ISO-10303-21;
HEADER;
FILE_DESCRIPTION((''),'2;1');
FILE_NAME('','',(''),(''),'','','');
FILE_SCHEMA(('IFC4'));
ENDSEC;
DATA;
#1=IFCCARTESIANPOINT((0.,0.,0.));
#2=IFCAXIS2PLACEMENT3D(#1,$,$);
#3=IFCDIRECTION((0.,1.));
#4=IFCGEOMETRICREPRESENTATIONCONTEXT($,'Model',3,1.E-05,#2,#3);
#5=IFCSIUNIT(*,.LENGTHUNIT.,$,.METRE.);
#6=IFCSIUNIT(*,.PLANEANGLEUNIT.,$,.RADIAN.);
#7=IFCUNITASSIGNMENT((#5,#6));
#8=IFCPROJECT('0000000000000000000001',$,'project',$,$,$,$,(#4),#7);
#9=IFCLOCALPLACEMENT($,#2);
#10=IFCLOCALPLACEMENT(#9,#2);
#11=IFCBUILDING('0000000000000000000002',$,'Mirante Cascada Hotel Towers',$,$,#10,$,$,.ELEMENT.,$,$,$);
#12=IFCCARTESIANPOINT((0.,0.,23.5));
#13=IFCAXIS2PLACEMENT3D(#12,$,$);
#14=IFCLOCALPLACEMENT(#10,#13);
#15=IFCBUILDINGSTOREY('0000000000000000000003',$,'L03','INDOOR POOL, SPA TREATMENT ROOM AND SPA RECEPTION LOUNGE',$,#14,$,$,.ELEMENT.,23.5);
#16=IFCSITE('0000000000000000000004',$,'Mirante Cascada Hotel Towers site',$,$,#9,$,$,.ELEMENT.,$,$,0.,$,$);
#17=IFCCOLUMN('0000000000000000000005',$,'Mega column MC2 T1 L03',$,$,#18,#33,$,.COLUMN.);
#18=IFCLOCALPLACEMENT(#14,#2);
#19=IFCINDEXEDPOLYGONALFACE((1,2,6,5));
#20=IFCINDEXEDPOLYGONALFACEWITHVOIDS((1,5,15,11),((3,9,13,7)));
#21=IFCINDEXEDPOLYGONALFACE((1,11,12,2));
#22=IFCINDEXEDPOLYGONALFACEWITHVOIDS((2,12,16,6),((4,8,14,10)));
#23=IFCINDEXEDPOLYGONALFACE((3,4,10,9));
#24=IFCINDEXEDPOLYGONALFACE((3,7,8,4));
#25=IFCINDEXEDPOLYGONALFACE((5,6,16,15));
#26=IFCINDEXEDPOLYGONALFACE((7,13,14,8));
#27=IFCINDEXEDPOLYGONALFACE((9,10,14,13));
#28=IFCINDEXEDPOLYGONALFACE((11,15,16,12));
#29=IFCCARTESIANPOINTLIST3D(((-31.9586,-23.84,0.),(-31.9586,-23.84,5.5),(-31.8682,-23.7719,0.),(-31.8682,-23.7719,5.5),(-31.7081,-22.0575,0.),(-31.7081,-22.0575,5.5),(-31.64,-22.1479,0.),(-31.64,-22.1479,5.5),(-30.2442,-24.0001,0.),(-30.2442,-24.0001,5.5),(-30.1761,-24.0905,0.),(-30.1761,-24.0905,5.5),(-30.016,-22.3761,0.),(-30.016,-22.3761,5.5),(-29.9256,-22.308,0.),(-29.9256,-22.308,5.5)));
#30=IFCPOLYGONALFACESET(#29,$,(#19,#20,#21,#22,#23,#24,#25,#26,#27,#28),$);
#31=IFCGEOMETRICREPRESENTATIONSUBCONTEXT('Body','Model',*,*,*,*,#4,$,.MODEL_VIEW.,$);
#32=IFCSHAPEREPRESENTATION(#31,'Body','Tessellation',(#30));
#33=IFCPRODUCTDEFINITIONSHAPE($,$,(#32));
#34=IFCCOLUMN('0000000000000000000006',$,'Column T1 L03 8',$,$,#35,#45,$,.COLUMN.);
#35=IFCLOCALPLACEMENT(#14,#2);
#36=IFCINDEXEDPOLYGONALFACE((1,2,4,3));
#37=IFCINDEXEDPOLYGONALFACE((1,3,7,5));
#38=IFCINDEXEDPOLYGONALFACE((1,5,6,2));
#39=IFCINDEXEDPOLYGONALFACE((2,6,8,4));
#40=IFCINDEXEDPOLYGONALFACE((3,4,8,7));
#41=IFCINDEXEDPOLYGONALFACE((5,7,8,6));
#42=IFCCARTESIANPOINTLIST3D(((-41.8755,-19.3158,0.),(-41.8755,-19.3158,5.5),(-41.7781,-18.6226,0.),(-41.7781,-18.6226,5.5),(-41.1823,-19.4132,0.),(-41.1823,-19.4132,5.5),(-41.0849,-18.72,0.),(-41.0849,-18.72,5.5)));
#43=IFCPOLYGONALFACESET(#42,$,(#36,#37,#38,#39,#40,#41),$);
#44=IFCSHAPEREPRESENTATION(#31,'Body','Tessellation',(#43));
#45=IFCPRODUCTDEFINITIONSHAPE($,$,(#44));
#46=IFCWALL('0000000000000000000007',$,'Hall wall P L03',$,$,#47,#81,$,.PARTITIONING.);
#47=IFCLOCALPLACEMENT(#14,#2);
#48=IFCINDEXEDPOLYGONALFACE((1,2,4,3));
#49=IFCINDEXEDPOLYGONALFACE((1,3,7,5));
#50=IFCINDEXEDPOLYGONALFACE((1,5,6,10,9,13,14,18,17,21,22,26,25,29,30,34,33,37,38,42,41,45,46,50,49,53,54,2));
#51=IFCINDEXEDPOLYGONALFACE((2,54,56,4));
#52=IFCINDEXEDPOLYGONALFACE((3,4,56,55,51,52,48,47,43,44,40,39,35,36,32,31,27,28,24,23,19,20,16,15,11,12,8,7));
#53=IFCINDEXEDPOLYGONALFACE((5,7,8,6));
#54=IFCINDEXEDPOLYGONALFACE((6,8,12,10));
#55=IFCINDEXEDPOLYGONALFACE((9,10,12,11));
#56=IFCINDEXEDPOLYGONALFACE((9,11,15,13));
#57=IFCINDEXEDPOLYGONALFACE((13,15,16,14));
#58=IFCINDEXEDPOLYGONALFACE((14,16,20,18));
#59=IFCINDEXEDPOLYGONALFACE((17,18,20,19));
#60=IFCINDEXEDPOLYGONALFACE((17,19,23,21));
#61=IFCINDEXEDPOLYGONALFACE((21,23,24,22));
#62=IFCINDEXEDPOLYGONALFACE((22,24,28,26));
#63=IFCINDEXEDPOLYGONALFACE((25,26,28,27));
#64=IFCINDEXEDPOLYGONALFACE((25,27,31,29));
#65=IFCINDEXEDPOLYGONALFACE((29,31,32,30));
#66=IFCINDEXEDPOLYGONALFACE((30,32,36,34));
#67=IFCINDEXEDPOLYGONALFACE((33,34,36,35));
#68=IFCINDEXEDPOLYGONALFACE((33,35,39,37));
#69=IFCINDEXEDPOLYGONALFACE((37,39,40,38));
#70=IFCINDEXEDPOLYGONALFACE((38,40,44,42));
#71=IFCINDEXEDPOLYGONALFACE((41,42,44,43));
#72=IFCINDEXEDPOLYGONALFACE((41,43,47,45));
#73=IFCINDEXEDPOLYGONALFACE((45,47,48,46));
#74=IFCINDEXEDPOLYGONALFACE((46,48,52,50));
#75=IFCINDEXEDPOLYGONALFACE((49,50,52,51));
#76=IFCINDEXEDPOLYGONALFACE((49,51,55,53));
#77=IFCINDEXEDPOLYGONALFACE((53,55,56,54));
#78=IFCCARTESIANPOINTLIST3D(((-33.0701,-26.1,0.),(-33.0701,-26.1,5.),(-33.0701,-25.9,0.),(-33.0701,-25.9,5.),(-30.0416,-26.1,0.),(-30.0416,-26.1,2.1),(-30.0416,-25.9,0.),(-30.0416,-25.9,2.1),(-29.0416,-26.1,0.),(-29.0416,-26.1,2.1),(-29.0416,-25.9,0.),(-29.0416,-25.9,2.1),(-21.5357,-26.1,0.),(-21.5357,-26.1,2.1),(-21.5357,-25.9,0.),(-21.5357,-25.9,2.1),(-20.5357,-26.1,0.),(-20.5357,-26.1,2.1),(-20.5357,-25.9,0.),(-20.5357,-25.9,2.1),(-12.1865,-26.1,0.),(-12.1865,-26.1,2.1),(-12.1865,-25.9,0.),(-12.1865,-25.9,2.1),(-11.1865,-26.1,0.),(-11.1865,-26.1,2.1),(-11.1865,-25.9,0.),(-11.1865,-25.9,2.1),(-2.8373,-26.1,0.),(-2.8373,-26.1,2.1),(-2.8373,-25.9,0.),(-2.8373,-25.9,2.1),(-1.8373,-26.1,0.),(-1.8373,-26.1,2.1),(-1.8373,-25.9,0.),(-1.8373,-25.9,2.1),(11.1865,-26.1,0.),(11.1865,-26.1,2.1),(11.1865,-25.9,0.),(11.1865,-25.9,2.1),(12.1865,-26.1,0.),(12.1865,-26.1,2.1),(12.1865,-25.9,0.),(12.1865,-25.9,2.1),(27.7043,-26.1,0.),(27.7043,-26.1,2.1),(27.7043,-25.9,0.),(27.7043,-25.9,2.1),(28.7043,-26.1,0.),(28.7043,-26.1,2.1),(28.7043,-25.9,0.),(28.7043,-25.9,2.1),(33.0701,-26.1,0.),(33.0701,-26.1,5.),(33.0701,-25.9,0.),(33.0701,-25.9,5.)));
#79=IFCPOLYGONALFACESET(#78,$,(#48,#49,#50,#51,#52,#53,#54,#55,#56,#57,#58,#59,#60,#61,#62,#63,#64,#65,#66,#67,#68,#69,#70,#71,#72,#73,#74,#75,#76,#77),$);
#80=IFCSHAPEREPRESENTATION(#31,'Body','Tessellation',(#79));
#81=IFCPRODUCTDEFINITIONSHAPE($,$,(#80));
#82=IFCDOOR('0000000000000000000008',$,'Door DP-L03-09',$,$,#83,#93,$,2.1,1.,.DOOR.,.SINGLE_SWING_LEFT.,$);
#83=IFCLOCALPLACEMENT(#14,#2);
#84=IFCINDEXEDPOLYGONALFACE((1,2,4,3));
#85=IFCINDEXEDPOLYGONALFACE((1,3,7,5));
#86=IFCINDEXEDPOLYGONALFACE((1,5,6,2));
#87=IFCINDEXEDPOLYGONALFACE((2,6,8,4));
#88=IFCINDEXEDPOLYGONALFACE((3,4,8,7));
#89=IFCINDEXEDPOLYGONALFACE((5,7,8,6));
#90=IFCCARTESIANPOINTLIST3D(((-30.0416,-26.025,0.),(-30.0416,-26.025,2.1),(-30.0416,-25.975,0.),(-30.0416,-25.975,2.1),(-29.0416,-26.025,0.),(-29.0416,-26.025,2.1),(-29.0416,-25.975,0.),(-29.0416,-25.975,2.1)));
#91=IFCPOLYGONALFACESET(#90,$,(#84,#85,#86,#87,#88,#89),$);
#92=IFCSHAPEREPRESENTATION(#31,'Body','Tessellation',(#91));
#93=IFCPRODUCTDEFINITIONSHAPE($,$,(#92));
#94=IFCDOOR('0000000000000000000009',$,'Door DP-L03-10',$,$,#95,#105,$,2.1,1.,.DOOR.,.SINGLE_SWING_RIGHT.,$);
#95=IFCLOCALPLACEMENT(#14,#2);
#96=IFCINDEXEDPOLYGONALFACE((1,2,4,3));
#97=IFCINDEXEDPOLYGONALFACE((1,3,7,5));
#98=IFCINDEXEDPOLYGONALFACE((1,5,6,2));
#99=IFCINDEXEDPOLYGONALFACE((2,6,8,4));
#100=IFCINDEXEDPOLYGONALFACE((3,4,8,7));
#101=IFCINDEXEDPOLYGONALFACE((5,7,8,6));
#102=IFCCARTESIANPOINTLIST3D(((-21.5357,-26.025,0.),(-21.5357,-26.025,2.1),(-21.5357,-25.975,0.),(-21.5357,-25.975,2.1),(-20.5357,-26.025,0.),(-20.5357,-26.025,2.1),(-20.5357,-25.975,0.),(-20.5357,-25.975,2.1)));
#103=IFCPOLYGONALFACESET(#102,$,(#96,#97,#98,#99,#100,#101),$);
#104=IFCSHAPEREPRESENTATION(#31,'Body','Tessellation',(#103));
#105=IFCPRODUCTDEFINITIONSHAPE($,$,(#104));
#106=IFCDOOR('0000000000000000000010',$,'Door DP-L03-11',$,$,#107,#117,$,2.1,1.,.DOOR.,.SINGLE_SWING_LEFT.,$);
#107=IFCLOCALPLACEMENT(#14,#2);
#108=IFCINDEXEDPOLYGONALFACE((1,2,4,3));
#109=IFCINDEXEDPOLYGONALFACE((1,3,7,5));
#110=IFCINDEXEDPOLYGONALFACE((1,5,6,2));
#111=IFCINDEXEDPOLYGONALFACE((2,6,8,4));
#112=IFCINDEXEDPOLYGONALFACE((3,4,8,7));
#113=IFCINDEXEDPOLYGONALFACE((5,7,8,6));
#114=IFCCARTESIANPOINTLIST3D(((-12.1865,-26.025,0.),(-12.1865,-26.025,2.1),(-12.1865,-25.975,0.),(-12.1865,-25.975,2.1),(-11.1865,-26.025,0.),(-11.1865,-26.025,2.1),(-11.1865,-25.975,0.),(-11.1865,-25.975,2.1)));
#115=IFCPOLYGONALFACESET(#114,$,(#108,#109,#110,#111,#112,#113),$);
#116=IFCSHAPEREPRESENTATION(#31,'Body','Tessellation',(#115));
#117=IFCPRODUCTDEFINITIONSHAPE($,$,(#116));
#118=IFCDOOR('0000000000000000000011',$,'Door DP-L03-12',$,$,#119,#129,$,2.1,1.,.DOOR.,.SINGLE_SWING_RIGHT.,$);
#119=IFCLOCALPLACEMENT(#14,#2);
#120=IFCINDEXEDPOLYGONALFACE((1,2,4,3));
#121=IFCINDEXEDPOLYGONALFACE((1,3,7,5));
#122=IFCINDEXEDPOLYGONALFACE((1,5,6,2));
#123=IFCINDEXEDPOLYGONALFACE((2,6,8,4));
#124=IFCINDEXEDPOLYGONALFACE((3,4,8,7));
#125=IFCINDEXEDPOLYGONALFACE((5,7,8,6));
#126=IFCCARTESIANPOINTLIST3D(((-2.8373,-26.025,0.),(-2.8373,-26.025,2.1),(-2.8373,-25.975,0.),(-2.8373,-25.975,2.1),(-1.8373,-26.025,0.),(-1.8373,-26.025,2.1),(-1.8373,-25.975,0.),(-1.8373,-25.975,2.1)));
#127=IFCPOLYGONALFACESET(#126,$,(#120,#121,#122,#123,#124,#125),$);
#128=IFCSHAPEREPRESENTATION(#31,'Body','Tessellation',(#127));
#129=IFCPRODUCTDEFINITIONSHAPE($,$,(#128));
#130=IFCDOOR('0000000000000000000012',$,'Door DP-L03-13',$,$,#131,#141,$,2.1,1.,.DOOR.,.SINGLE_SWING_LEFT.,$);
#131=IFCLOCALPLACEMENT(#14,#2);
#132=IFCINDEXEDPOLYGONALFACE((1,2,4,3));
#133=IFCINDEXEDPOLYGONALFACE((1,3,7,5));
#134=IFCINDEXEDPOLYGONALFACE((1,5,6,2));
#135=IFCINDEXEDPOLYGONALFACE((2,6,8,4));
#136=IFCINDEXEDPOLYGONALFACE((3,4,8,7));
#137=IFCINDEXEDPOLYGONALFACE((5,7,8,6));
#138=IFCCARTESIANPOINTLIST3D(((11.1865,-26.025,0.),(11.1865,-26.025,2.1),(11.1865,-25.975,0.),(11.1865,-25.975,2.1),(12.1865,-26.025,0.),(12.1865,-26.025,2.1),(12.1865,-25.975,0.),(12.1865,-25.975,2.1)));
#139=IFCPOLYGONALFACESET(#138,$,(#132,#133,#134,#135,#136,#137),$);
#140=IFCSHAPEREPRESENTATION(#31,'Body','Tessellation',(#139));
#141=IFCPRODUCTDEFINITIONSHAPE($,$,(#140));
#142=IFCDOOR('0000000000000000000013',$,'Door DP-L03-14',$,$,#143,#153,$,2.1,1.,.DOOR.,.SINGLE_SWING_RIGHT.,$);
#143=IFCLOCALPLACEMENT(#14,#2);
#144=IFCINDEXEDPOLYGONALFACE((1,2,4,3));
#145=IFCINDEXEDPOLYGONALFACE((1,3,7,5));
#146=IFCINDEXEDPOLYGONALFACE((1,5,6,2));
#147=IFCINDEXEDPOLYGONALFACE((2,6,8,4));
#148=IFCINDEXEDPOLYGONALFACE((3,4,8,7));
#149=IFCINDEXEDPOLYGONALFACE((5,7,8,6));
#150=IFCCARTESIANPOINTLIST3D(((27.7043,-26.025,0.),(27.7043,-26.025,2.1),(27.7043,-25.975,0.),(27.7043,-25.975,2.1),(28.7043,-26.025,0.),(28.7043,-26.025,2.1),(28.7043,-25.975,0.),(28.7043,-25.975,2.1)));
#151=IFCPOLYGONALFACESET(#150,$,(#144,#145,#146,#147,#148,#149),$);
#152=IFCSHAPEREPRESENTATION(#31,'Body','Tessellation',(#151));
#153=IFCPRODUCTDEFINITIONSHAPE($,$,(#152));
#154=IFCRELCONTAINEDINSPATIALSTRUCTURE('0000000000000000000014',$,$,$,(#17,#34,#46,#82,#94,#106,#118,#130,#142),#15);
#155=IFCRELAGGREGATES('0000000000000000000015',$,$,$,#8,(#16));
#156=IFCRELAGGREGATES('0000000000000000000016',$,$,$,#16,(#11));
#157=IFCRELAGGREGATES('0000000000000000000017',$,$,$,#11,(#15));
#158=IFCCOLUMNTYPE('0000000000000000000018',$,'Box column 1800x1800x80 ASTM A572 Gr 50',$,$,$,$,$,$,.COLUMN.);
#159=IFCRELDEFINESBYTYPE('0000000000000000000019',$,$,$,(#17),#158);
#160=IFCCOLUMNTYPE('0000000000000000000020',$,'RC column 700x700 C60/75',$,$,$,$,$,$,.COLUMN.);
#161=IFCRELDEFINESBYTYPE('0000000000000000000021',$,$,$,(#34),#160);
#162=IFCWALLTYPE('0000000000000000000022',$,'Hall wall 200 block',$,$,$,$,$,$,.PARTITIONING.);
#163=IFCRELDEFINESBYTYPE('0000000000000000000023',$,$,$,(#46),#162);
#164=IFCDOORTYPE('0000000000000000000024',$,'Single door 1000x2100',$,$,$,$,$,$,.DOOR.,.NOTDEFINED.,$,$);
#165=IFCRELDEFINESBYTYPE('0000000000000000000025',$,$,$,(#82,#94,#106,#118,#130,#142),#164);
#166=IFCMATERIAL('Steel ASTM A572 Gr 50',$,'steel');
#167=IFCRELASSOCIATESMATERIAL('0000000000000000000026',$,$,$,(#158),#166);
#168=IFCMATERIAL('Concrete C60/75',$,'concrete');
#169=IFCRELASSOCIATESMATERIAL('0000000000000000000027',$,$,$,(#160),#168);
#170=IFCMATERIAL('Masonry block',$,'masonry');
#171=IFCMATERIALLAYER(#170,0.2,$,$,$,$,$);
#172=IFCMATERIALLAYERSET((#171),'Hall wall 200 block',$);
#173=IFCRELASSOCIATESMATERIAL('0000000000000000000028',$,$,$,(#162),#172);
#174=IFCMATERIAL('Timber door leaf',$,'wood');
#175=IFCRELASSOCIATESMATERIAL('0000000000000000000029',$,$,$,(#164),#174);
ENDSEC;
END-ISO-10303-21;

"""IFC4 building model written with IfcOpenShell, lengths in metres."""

from ifc_helpers import new_model, si_unit, direction, frame, frame_2d, origin, origin_2d, place, context, subcontext, project, spatial, rectangle, hollow_rectangle, extrude, material, layer, layer_set, material_profile, profile_set, type_object, element, fill, save


model = new_model("IFC4")

# Units and contexts
model_context = context("Model", 3, precision=1e-05, world=origin(), true_north=direction((0.0, 1.0)))
body_context = subcontext(model_context, "Body", "Model", "MODEL_VIEW")
ifc_project = project(units=[si_unit("LENGTHUNIT", "METRE"), si_unit("PLANEANGLEUNIT", "RADIAN")], contexts=[model_context])

# Site, building, storey
site_placement = place(None, origin())
site = spatial("IfcSite", under=ifc_project, at=site_placement, Name="Mirante Cascada Hotel Towers site", CompositionType="ELEMENT", RefElevation=0.0)
building_placement = place(site_placement, origin())
building = spatial("IfcBuilding", under=site, at=building_placement, Name="Mirante Cascada Hotel Towers", CompositionType="ELEMENT")
storey_placement = place(building_placement, frame((0.0, 0.0, 23.5)))
storey = spatial("IfcBuildingStorey", under=building, at=storey_placement, Name="L03", Description="INDOOR POOL, SPA TREATMENT ROOM AND SPA RECEPTION LOUNGE", CompositionType="ELEMENT", Elevation=23.5)

# Columns
ifc_material_1 = material(Name="Steel ASTM A572 Gr 50", Category="steel")
ifc_material_profile_1 = material_profile(ifc_material_1, hollow_rectangle(XDim=1.8, YDim=1.8, WallThickness=0.08, at=origin_2d()), Name="Box column 1800x1800x80 ASTM A572 Gr 50")
ifc_profile_set_1 = profile_set([ifc_material_profile_1], Name="Steel ASTM A572 Gr 50")
column_type_1 = type_object("IfcColumnType", Name="Box column 1800x1800x80 ASTM A572 Gr 50", PredefinedType="COLUMN", material=ifc_profile_set_1)
column_1_placement = place(storey_placement, frame((-30.9421, -23.074, 0.0), z_axis=(0.0, 0.0, 1.0), x_axis=(-0.990268, 0.139173, 0.0)))
element("IfcColumn", 1, at=column_1_placement, inside=storey, type_object=column_type_1, Name="Mega column MC2 T1 L03", PredefinedType="COLUMN", context=body_context, shape_type="SweptSolid", body=[
    extrude(hollow_rectangle(XDim=1.8, YDim=1.8, WallThickness=0.08, at=origin_2d()), origin(), (0.0, 0.0, 1.0), 5.5),
])
ifc_material_2 = material(Name="Concrete C60/75", Category="concrete")
ifc_material_profile_2 = material_profile(ifc_material_2, rectangle(XDim=0.7, YDim=0.7, at=origin_2d()), Name="RC column 700x700 C60/75")
ifc_profile_set_2 = profile_set([ifc_material_profile_2], Name="Concrete C60/75")
column_type_2 = type_object("IfcColumnType", Name="RC column 700x700 C60/75", PredefinedType="COLUMN", material=ifc_profile_set_2)
column_2_placement = place(storey_placement, frame((-41.4802, -19.0179, 0.0), z_axis=(0.0, 0.0, 1.0), x_axis=(-0.990268, 0.139173, 0.0)))
element("IfcColumn", 2, at=column_2_placement, inside=storey, type_object=column_type_2, Name="Column T1 L03 8", PredefinedType="COLUMN", context=body_context, shape_type="SweptSolid", body=[
    extrude(rectangle(XDim=0.7, YDim=0.7, at=origin_2d()), origin(), (0.0, 0.0, 1.0), 5.5),
])

# Wall, openings, doors
ifc_material_3 = material(Name="Masonry block", Category="masonry")
ifc_layer_1 = layer(ifc_material_3, 0.2)
ifc_layer_set_1 = layer_set([ifc_layer_1], Name="Hall wall 200 block")
wall_type_1 = type_object("IfcWallType", Name="Hall wall 200 block", PredefinedType="PARTITIONING", material=ifc_layer_set_1)
wall_1_placement = place(storey_placement, frame((-33.0701, -26.0, 0.0), z_axis=(0.0, 0.0, 1.0), x_axis=(1.0, 0.0, 0.0)))
wall_1 = element("IfcWall", 3, at=wall_1_placement, inside=storey, type_object=wall_type_1, Name="Hall wall P L03", PredefinedType="PARTITIONING", context=body_context, shape_type="SweptSolid", body=[
    extrude(rectangle(XDim=66.1402, YDim=0.2, at=frame_2d((33.0701, 0.0))), origin(), (0.0, 0.0, 1.0), 5.0),
])
opening_1_placement = place(wall_1_placement, frame((3.0285, 0.0, 0.0)))
opening_1 = element("IfcOpeningElement", 4, at=opening_1_placement, cuts=wall_1, PredefinedType="OPENING", context=body_context, shape_type="SweptSolid", body=[
    extrude(rectangle(XDim=1.0, YDim=2.1, at=frame_2d((0.5, 1.05))), frame((0.0, 0.1, 0.0), z_axis=(0.0, -1.0, 0.0), x_axis=(1.0, 0.0, 0.0)), (0.0, 0.0, 1.0), 0.2),
])
opening_2_placement = place(wall_1_placement, frame((11.5344, 0.0, 0.0)))
opening_2 = element("IfcOpeningElement", 5, at=opening_2_placement, cuts=wall_1, PredefinedType="OPENING", context=body_context, shape_type="SweptSolid", body=[
    extrude(rectangle(XDim=1.0, YDim=2.1, at=frame_2d((0.5, 1.05))), frame((0.0, 0.1, 0.0), z_axis=(0.0, -1.0, 0.0), x_axis=(1.0, 0.0, 0.0)), (0.0, 0.0, 1.0), 0.2),
])
opening_3_placement = place(wall_1_placement, frame((20.8836, 0.0, 0.0)))
opening_3 = element("IfcOpeningElement", 6, at=opening_3_placement, cuts=wall_1, PredefinedType="OPENING", context=body_context, shape_type="SweptSolid", body=[
    extrude(rectangle(XDim=1.0, YDim=2.1, at=frame_2d((0.5, 1.05))), frame((0.0, 0.1, 0.0), z_axis=(0.0, -1.0, 0.0), x_axis=(1.0, 0.0, 0.0)), (0.0, 0.0, 1.0), 0.2),
])
opening_4_placement = place(wall_1_placement, frame((30.2328, 0.0, 0.0)))
opening_4 = element("IfcOpeningElement", 7, at=opening_4_placement, cuts=wall_1, PredefinedType="OPENING", context=body_context, shape_type="SweptSolid", body=[
    extrude(rectangle(XDim=1.0, YDim=2.1, at=frame_2d((0.5, 1.05))), frame((0.0, 0.1, 0.0), z_axis=(0.0, -1.0, 0.0), x_axis=(1.0, 0.0, 0.0)), (0.0, 0.0, 1.0), 0.2),
])
opening_5_placement = place(wall_1_placement, frame((44.2566, 0.0, 0.0)))
opening_5 = element("IfcOpeningElement", 8, at=opening_5_placement, cuts=wall_1, PredefinedType="OPENING", context=body_context, shape_type="SweptSolid", body=[
    extrude(rectangle(XDim=1.0, YDim=2.1, at=frame_2d((0.5, 1.05))), frame((0.0, 0.1, 0.0), z_axis=(0.0, -1.0, 0.0), x_axis=(1.0, 0.0, 0.0)), (0.0, 0.0, 1.0), 0.2),
])
opening_6_placement = place(wall_1_placement, frame((60.7744, 0.0, 0.0)))
opening_6 = element("IfcOpeningElement", 9, at=opening_6_placement, cuts=wall_1, PredefinedType="OPENING", context=body_context, shape_type="SweptSolid", body=[
    extrude(rectangle(XDim=1.0, YDim=2.1, at=frame_2d((0.5, 1.05))), frame((0.0, 0.1, 0.0), z_axis=(0.0, -1.0, 0.0), x_axis=(1.0, 0.0, 0.0)), (0.0, 0.0, 1.0), 0.2),
])
ifc_material_4 = material(Name="Timber door leaf", Category="wood")
door_type = type_object("IfcDoorType", Name="Single door 1000x2100", OperationType="NOTDEFINED", PredefinedType="DOOR", material=ifc_material_4)
door_1_placement = place(opening_1_placement, frame((1.0, 0.0, 0.0), z_axis=(0.0, 0.0, 1.0), x_axis=(-1.0, 0.0, 0.0)))
door_1 = element("IfcDoor", 10, at=door_1_placement, inside=storey, type_object=door_type, Name="Door DP-L03-09", OperationType="SINGLE_SWING_LEFT", OverallHeight=2.1, OverallWidth=1.0, PredefinedType="DOOR", context=body_context, shape_type="SweptSolid", body=[
    extrude(rectangle(XDim=1.0, YDim=2.1, at=frame_2d((0.5, 1.05))), frame((0.0, 0.025, 0.0), z_axis=(0.0, -1.0, 0.0), x_axis=(1.0, 0.0, 0.0)), (0.0, 0.0, 1.0), 0.05),
])
fill(opening_1, door_1)
door_2_placement = place(opening_2_placement, frame((1.0, 0.0, 0.0), z_axis=(0.0, 0.0, 1.0), x_axis=(-1.0, 0.0, 0.0)))
door_2 = element("IfcDoor", 11, at=door_2_placement, inside=storey, type_object=door_type, Name="Door DP-L03-10", OperationType="SINGLE_SWING_RIGHT", OverallHeight=2.1, OverallWidth=1.0, PredefinedType="DOOR", context=body_context, shape_type="SweptSolid", body=[
    extrude(rectangle(XDim=1.0, YDim=2.1, at=frame_2d((0.5, 1.05))), frame((0.0, 0.025, 0.0), z_axis=(0.0, -1.0, 0.0), x_axis=(1.0, 0.0, 0.0)), (0.0, 0.0, 1.0), 0.05),
])
fill(opening_2, door_2)
door_3_placement = place(opening_3_placement, frame((1.0, 0.0, 0.0), z_axis=(0.0, 0.0, 1.0), x_axis=(-1.0, 0.0, 0.0)))
door_3 = element("IfcDoor", 12, at=door_3_placement, inside=storey, type_object=door_type, Name="Door DP-L03-11", OperationType="SINGLE_SWING_LEFT", OverallHeight=2.1, OverallWidth=1.0, PredefinedType="DOOR", context=body_context, shape_type="SweptSolid", body=[
    extrude(rectangle(XDim=1.0, YDim=2.1, at=frame_2d((0.5, 1.05))), frame((0.0, 0.025, 0.0), z_axis=(0.0, -1.0, 0.0), x_axis=(1.0, 0.0, 0.0)), (0.0, 0.0, 1.0), 0.05),
])
fill(opening_3, door_3)
door_4_placement = place(opening_4_placement, frame((1.0, 0.0, 0.0), z_axis=(0.0, 0.0, 1.0), x_axis=(-1.0, 0.0, 0.0)))
door_4 = element("IfcDoor", 13, at=door_4_placement, inside=storey, type_object=door_type, Name="Door DP-L03-12", OperationType="SINGLE_SWING_RIGHT", OverallHeight=2.1, OverallWidth=1.0, PredefinedType="DOOR", context=body_context, shape_type="SweptSolid", body=[
    extrude(rectangle(XDim=1.0, YDim=2.1, at=frame_2d((0.5, 1.05))), frame((0.0, 0.025, 0.0), z_axis=(0.0, -1.0, 0.0), x_axis=(1.0, 0.0, 0.0)), (0.0, 0.0, 1.0), 0.05),
])
fill(opening_4, door_4)
door_5_placement = place(opening_5_placement, frame((1.0, 0.0, 0.0), z_axis=(0.0, 0.0, 1.0), x_axis=(-1.0, 0.0, 0.0)))
door_5 = element("IfcDoor", 14, at=door_5_placement, inside=storey, type_object=door_type, Name="Door DP-L03-13", OperationType="SINGLE_SWING_LEFT", OverallHeight=2.1, OverallWidth=1.0, PredefinedType="DOOR", context=body_context, shape_type="SweptSolid", body=[
    extrude(rectangle(XDim=1.0, YDim=2.1, at=frame_2d((0.5, 1.05))), frame((0.0, 0.025, 0.0), z_axis=(0.0, -1.0, 0.0), x_axis=(1.0, 0.0, 0.0)), (0.0, 0.0, 1.0), 0.05),
])
fill(opening_5, door_5)
door_6_placement = place(opening_6_placement, frame((1.0, 0.0, 0.0), z_axis=(0.0, 0.0, 1.0), x_axis=(-1.0, 0.0, 0.0)))
door_6 = element("IfcDoor", 15, at=door_6_placement, inside=storey, type_object=door_type, Name="Door DP-L03-14", OperationType="SINGLE_SWING_RIGHT", OverallHeight=2.1, OverallWidth=1.0, PredefinedType="DOOR", context=body_context, shape_type="SweptSolid", body=[
    extrude(rectangle(XDim=1.0, YDim=2.1, at=frame_2d((0.5, 1.05))), frame((0.0, 0.025, 0.0), z_axis=(0.0, -1.0, 0.0), x_axis=(1.0, 0.0, 0.0)), (0.0, 0.0, 1.0), 0.05),
])
fill(opening_6, door_6)

save(model, "model.ifc")
